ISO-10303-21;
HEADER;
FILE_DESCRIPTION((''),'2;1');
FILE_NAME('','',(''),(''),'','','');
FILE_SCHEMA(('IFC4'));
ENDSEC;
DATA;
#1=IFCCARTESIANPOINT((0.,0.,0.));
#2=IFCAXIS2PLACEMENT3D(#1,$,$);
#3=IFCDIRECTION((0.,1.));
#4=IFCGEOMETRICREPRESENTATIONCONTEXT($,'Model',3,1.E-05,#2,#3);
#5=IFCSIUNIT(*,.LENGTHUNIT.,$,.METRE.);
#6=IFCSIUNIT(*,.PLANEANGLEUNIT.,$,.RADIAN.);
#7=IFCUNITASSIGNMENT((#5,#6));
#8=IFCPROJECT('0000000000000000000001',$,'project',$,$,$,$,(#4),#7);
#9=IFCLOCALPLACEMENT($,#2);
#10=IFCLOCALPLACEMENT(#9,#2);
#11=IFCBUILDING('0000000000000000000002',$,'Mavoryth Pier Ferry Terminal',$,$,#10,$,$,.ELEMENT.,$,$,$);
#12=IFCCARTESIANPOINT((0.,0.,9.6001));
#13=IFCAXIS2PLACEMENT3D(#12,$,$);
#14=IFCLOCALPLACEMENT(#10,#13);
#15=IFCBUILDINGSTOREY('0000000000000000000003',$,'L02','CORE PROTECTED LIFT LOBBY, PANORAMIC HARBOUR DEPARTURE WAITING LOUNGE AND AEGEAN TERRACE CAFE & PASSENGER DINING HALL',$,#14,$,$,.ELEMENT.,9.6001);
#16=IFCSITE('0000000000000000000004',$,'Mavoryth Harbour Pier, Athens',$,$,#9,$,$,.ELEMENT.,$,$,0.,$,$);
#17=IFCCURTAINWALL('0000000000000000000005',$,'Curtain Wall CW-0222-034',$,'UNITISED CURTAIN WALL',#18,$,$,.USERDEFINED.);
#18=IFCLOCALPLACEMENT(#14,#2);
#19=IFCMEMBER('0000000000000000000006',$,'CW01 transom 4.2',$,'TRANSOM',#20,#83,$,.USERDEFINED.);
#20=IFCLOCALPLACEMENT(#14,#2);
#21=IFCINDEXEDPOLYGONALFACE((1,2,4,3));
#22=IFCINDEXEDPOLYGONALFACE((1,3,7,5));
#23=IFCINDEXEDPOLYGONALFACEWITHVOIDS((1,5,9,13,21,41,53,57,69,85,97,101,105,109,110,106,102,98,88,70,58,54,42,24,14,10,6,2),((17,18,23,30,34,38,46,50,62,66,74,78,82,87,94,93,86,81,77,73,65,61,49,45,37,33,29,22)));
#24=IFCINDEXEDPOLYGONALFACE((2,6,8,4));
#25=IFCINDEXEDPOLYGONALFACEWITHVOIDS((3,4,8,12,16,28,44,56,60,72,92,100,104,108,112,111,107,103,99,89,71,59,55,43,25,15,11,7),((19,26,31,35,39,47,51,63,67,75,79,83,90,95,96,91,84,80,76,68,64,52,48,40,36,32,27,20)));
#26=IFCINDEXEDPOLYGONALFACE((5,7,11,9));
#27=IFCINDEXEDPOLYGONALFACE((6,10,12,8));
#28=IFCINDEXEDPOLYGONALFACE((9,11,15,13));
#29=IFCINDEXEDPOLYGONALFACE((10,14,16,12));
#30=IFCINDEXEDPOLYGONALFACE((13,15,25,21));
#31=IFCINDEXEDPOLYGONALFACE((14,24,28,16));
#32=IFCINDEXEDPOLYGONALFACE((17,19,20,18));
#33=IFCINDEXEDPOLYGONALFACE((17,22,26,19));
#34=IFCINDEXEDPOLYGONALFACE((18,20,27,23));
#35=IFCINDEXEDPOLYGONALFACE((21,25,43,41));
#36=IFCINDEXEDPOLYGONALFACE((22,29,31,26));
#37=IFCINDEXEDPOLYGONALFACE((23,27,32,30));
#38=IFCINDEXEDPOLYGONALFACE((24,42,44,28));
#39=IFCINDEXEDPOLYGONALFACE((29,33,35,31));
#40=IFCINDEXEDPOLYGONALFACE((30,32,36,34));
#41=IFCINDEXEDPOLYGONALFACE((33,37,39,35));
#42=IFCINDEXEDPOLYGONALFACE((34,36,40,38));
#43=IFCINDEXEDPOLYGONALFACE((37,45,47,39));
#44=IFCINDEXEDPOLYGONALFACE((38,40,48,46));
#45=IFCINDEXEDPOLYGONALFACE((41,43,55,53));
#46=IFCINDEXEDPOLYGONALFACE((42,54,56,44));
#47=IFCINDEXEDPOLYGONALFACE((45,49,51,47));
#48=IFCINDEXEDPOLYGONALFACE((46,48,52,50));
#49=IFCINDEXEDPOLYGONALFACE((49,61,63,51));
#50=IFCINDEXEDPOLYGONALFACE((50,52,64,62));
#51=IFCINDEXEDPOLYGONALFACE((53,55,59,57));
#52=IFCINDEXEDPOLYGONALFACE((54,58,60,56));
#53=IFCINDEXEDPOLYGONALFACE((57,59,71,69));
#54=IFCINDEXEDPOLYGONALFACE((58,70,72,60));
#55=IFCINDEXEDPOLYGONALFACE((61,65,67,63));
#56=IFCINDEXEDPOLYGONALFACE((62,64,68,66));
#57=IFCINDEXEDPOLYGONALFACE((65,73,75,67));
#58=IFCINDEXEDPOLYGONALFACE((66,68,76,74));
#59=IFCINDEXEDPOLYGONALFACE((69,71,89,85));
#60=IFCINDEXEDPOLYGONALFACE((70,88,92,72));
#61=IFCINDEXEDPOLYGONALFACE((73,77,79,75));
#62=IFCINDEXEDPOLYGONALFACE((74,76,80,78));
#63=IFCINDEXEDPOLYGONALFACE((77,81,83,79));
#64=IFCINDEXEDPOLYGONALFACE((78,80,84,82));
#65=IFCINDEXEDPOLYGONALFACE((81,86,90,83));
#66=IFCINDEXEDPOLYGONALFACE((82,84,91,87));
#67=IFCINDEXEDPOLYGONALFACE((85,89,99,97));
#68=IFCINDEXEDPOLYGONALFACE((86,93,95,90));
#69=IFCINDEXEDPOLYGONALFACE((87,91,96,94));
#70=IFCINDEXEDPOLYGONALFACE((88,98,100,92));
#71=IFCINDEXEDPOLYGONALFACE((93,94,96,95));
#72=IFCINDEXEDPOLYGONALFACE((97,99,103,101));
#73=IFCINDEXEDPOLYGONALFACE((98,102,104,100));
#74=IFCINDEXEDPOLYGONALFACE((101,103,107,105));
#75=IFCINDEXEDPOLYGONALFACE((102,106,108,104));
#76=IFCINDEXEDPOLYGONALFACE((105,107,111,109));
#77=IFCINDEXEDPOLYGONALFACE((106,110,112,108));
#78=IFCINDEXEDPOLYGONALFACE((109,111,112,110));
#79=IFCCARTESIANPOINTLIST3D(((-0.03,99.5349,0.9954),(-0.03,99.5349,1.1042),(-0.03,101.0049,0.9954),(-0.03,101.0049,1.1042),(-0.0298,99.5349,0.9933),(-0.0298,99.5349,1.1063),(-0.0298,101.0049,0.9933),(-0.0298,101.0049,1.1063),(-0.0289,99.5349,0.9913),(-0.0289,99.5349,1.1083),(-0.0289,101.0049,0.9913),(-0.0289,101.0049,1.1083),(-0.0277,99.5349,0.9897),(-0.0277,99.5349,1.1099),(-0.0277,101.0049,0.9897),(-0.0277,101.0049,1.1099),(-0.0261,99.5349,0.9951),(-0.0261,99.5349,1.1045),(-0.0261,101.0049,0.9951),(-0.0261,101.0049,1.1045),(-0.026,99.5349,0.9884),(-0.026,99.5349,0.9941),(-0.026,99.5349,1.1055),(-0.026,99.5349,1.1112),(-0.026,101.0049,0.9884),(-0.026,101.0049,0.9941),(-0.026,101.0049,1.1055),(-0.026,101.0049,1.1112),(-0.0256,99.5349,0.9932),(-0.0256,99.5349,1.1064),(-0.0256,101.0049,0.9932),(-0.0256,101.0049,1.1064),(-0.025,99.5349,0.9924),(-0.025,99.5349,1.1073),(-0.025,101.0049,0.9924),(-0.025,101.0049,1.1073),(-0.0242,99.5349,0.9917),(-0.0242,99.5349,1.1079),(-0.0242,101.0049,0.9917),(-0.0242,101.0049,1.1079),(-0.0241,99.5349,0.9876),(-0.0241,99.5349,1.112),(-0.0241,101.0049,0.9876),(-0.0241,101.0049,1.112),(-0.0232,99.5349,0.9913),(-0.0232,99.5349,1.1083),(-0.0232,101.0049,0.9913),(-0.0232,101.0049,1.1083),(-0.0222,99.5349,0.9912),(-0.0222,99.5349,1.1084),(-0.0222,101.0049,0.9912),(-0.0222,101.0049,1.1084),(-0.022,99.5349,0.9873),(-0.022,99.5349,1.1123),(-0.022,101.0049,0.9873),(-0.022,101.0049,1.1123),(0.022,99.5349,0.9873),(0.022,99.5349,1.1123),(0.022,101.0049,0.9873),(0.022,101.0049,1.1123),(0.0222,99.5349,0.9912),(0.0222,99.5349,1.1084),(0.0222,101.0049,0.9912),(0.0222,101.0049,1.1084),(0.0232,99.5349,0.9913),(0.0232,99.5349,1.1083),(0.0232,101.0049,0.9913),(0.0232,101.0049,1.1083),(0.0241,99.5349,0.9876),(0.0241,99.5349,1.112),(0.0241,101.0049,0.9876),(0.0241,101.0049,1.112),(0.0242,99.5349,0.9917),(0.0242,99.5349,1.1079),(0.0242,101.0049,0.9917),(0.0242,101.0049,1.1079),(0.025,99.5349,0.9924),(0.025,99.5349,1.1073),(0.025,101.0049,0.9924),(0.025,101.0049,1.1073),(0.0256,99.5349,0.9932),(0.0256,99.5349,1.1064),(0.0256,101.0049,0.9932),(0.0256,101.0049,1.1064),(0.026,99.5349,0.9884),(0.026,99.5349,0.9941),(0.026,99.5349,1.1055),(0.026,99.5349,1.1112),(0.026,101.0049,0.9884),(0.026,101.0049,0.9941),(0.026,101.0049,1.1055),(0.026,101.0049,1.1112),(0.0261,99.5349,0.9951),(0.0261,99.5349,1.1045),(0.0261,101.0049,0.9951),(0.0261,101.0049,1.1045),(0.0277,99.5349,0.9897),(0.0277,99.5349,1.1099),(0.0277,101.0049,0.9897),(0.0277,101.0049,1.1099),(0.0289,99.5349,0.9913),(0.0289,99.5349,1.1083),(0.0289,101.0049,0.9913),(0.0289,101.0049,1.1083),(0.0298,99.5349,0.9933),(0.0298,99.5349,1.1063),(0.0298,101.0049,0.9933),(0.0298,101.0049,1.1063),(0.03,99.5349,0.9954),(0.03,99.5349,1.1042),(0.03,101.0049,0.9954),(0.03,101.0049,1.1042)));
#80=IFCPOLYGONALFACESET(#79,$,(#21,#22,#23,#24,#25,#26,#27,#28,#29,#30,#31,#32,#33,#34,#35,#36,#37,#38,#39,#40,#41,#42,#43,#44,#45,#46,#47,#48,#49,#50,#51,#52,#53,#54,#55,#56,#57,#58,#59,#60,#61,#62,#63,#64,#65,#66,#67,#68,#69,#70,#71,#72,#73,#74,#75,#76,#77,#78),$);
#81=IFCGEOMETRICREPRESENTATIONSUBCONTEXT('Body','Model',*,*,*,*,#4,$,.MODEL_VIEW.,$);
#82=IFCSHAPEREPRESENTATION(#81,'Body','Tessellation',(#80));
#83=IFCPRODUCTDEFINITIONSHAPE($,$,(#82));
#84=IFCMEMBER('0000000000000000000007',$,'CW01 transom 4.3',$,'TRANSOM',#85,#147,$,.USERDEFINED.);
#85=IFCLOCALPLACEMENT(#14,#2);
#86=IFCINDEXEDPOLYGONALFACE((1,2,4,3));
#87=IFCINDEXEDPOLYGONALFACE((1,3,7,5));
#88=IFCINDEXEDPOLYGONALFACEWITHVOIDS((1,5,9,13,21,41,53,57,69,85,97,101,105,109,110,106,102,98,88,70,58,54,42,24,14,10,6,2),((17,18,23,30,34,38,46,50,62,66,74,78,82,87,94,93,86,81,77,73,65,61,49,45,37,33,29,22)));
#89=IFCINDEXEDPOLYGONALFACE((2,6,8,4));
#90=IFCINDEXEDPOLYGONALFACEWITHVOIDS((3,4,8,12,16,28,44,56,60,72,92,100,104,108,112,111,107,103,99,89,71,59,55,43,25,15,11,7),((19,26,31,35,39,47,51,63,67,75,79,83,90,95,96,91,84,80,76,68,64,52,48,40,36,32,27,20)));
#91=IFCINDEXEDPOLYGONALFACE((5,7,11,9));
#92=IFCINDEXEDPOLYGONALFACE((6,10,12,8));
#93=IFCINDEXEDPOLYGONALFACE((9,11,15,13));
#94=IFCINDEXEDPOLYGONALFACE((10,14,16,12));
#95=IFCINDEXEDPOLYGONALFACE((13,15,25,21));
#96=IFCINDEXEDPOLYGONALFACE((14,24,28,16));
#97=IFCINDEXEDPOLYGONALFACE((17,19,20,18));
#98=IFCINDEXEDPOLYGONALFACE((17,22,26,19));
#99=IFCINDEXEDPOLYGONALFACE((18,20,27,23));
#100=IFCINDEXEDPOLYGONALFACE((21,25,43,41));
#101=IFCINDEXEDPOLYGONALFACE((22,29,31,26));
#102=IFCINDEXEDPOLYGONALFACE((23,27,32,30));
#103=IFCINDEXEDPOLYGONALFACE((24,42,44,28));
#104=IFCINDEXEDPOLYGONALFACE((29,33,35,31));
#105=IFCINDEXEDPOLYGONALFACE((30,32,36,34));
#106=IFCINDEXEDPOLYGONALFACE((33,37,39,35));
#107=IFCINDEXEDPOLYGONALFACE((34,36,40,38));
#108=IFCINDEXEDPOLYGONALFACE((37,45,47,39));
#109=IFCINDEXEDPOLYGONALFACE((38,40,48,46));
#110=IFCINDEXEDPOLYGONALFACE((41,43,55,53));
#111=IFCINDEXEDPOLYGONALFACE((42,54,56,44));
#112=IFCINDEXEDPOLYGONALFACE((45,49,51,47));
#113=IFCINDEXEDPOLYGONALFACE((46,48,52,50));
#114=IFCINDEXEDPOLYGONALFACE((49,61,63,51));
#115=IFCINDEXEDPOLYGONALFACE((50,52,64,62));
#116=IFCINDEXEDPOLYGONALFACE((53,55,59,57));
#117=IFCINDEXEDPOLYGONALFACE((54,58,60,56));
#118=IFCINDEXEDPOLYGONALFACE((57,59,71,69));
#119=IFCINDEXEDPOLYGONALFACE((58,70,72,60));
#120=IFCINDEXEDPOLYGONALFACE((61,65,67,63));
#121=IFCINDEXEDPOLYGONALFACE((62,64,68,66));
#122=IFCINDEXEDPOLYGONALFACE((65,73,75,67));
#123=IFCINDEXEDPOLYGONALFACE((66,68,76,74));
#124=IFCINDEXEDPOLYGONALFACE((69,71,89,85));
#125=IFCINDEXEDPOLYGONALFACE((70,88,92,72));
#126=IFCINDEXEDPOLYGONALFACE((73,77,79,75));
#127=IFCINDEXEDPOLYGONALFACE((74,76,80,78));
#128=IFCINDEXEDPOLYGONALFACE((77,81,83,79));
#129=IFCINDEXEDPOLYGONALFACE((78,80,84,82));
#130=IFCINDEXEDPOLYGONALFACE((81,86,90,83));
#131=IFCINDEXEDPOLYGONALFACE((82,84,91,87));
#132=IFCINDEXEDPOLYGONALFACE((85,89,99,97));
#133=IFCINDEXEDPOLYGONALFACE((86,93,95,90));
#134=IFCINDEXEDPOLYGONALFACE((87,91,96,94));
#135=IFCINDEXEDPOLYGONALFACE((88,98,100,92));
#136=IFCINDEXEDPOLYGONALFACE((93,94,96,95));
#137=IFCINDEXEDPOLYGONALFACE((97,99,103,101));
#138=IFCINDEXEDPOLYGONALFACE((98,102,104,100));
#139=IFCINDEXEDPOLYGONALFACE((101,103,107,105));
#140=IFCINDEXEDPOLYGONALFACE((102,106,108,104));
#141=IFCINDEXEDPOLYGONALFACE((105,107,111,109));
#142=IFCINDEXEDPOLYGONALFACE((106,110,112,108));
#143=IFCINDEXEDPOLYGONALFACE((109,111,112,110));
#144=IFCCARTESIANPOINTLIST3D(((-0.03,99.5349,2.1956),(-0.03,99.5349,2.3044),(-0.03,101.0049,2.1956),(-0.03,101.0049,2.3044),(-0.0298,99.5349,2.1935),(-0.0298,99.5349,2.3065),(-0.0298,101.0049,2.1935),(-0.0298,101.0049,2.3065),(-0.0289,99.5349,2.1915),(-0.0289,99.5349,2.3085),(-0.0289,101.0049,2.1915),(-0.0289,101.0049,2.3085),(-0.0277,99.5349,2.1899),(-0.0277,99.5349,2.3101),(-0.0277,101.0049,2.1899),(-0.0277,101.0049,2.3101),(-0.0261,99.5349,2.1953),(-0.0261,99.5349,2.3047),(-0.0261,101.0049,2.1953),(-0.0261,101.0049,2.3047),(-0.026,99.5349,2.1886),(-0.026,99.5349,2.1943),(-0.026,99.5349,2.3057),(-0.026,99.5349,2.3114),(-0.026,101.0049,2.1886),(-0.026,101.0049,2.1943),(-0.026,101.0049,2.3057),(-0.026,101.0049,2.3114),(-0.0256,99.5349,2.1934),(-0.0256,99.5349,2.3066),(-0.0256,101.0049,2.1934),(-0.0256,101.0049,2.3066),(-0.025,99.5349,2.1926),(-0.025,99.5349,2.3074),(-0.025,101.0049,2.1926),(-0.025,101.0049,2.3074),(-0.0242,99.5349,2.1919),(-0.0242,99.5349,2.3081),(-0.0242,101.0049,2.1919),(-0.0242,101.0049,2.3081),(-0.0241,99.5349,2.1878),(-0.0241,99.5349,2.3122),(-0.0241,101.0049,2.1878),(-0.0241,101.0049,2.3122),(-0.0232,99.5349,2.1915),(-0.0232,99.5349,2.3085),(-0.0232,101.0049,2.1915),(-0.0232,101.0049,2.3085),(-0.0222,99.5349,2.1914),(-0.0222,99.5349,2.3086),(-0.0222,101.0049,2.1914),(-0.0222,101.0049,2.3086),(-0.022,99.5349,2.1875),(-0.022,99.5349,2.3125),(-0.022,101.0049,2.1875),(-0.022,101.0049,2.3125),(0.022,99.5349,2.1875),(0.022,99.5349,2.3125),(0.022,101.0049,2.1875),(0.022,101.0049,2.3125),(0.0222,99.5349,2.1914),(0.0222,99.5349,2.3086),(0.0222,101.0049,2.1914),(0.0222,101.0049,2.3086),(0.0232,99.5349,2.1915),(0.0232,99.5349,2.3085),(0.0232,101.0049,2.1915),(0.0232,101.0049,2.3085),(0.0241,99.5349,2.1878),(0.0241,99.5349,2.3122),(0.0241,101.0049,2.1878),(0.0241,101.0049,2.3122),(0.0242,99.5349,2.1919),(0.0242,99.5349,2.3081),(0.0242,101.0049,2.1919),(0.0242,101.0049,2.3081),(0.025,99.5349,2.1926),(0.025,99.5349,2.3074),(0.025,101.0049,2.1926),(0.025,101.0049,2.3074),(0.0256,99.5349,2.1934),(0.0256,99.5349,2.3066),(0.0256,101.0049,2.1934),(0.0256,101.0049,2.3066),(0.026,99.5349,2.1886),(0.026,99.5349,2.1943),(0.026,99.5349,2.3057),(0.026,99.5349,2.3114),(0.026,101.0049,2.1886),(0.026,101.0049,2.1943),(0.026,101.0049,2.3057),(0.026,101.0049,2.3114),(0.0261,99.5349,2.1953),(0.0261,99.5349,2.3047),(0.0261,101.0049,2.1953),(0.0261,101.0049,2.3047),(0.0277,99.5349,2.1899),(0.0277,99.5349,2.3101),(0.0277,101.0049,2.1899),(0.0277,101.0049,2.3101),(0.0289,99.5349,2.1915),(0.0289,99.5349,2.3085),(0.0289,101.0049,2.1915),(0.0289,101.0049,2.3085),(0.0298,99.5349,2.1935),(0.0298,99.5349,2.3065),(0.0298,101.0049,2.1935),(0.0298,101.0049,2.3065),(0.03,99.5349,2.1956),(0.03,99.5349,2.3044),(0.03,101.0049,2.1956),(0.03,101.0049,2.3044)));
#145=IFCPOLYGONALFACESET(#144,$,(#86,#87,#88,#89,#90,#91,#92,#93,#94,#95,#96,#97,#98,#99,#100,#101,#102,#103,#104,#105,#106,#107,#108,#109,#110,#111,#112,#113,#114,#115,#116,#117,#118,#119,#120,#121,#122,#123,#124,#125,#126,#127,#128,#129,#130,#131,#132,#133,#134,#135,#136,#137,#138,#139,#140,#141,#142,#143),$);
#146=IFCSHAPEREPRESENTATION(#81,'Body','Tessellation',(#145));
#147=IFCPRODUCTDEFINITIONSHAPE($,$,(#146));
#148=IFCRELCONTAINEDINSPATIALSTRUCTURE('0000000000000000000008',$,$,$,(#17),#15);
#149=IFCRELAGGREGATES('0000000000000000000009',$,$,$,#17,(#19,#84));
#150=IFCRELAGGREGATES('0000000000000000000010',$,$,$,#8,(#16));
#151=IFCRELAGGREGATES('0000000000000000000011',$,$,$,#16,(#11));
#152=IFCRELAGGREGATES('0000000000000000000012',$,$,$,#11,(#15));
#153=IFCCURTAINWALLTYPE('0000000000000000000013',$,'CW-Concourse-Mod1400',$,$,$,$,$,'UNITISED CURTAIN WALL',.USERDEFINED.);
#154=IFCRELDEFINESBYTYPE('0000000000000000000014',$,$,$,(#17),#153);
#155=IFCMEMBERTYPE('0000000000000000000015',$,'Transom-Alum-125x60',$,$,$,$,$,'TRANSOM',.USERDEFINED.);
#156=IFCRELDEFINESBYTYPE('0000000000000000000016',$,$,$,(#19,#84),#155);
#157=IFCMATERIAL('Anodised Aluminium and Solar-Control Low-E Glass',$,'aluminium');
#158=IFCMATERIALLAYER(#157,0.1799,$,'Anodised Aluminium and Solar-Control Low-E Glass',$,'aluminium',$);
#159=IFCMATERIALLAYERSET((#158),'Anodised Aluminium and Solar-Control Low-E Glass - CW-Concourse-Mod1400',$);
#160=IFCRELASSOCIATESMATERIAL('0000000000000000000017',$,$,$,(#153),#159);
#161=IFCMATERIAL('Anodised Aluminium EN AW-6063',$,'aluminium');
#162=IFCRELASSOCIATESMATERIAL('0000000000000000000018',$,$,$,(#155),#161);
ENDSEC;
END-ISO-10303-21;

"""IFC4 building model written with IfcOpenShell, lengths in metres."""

from ifc_helpers import new_model, si_unit, direction, frame, origin, origin_2d, place, context, subcontext, project, spatial, hollow_rectangle, extrude, material, layer, layer_set, material_profile, profile_set, type_object, element, aggregate, save


model = new_model("IFC4")

# Units and contexts
model_context = context("Model", 3, precision=1e-05, world=origin(), true_north=direction((0.0, 1.0)))
body_context = subcontext(model_context, "Body", "Model", "MODEL_VIEW")
ifc_project = project(units=[si_unit("LENGTHUNIT", "METRE"), si_unit("PLANEANGLEUNIT", "RADIAN")], contexts=[model_context])

# Site, building, storey
site_placement = place(None, origin())
site = spatial("IfcSite", under=ifc_project, at=site_placement, Name="Mavoryth Harbour Pier, Athens", CompositionType="ELEMENT", RefElevation=0.0)
building_placement = place(site_placement, origin())
building = spatial("IfcBuilding", under=site, at=building_placement, Name="Mavoryth Pier Ferry Terminal", CompositionType="ELEMENT")
storey_placement = place(building_placement, frame((0.0, 0.0, 9.6001)))
storey = spatial("IfcBuildingStorey", under=building, at=storey_placement, Name="L02", Description="CORE PROTECTED LIFT LOBBY, PANORAMIC HARBOUR DEPARTURE WAITING LOUNGE AND AEGEAN TERRACE CAFE & PASSENGER DINING HALL", CompositionType="ELEMENT", Elevation=9.6001)

# Curtain wall
ifc_material_1 = material(Name="Anodised Aluminium and Solar-Control Low-E Glass", Category="aluminium")
ifc_layer_1 = layer(ifc_material_1, 0.1799, Name="Anodised Aluminium and Solar-Control Low-E Glass", Category="aluminium")
ifc_layer_set_1 = layer_set([ifc_layer_1], Name="Anodised Aluminium and Solar-Control Low-E Glass - CW-Concourse-Mod1400")
curtain_wall_type = type_object("IfcCurtainWallType", Name="CW-Concourse-Mod1400", ElementType="UNITISED CURTAIN WALL", PredefinedType="USERDEFINED", material=ifc_layer_set_1)
curtain_wall_placement = place(storey_placement, origin())
curtain_wall = element("IfcCurtainWall", 1, at=curtain_wall_placement, inside=storey, type_object=curtain_wall_type, Name="Curtain Wall CW-0222-034", ObjectType="UNITISED CURTAIN WALL", PredefinedType="USERDEFINED")
ifc_material_2 = material(Name="Anodised Aluminium EN AW-6063", Category="aluminium")

# Members
ifc_material_profile_1 = material_profile(ifc_material_2, hollow_rectangle(XDim=0.0601, YDim=0.125, WallThickness=0.0039, InnerFilletRadius=0.0039, OuterFilletRadius=0.0081, at=origin_2d()), Name="AL-TRAN 125x60x4", Category="aluminium")
ifc_profile_set_1 = profile_set([ifc_material_profile_1], Name="Anodised Aluminium EN AW-6063 - AL-TRAN 125x60x4")
member_type_1 = type_object("IfcMemberType", Name="Transom-Alum-125x60", ElementType="TRANSOM", PredefinedType="USERDEFINED", material=ifc_profile_set_1)
member_1_placement = place(storey_placement, frame((0.0, 101.0049, 1.0498), z_axis=(0.0, -1.0, 0.0), x_axis=(1.0, 0.0, 0.0)))
member_1 = element("IfcMember", 2, at=member_1_placement, type_object=member_type_1, Name="CW01 transom 4.2", ObjectType="TRANSOM", PredefinedType="USERDEFINED", context=body_context, shape_type="SweptSolid", body=[
    extrude(hollow_rectangle(XDim=0.0601, YDim=0.125, WallThickness=0.0039, InnerFilletRadius=0.0039, OuterFilletRadius=0.0081, at=origin_2d()), origin(), (0.0, 0.0, 1.0), 1.47),
])
member_2_placement = place(storey_placement, frame((0.0, 101.0049, 2.25), z_axis=(0.0, -1.0, 0.0), x_axis=(1.0, 0.0, 0.0)))
member_2 = element("IfcMember", 3, at=member_2_placement, type_object=member_type_1, Name="CW01 transom 4.3", ObjectType="TRANSOM", PredefinedType="USERDEFINED", context=body_context, shape_type="SweptSolid", body=[
    extrude(hollow_rectangle(XDim=0.0601, YDim=0.125, WallThickness=0.0039, InnerFilletRadius=0.0039, OuterFilletRadius=0.0081, at=origin_2d()), origin(), (0.0, 0.0, 1.0), 1.47),
])

aggregate(curtain_wall, [member_1, member_2])

save(model, "model.ifc")
